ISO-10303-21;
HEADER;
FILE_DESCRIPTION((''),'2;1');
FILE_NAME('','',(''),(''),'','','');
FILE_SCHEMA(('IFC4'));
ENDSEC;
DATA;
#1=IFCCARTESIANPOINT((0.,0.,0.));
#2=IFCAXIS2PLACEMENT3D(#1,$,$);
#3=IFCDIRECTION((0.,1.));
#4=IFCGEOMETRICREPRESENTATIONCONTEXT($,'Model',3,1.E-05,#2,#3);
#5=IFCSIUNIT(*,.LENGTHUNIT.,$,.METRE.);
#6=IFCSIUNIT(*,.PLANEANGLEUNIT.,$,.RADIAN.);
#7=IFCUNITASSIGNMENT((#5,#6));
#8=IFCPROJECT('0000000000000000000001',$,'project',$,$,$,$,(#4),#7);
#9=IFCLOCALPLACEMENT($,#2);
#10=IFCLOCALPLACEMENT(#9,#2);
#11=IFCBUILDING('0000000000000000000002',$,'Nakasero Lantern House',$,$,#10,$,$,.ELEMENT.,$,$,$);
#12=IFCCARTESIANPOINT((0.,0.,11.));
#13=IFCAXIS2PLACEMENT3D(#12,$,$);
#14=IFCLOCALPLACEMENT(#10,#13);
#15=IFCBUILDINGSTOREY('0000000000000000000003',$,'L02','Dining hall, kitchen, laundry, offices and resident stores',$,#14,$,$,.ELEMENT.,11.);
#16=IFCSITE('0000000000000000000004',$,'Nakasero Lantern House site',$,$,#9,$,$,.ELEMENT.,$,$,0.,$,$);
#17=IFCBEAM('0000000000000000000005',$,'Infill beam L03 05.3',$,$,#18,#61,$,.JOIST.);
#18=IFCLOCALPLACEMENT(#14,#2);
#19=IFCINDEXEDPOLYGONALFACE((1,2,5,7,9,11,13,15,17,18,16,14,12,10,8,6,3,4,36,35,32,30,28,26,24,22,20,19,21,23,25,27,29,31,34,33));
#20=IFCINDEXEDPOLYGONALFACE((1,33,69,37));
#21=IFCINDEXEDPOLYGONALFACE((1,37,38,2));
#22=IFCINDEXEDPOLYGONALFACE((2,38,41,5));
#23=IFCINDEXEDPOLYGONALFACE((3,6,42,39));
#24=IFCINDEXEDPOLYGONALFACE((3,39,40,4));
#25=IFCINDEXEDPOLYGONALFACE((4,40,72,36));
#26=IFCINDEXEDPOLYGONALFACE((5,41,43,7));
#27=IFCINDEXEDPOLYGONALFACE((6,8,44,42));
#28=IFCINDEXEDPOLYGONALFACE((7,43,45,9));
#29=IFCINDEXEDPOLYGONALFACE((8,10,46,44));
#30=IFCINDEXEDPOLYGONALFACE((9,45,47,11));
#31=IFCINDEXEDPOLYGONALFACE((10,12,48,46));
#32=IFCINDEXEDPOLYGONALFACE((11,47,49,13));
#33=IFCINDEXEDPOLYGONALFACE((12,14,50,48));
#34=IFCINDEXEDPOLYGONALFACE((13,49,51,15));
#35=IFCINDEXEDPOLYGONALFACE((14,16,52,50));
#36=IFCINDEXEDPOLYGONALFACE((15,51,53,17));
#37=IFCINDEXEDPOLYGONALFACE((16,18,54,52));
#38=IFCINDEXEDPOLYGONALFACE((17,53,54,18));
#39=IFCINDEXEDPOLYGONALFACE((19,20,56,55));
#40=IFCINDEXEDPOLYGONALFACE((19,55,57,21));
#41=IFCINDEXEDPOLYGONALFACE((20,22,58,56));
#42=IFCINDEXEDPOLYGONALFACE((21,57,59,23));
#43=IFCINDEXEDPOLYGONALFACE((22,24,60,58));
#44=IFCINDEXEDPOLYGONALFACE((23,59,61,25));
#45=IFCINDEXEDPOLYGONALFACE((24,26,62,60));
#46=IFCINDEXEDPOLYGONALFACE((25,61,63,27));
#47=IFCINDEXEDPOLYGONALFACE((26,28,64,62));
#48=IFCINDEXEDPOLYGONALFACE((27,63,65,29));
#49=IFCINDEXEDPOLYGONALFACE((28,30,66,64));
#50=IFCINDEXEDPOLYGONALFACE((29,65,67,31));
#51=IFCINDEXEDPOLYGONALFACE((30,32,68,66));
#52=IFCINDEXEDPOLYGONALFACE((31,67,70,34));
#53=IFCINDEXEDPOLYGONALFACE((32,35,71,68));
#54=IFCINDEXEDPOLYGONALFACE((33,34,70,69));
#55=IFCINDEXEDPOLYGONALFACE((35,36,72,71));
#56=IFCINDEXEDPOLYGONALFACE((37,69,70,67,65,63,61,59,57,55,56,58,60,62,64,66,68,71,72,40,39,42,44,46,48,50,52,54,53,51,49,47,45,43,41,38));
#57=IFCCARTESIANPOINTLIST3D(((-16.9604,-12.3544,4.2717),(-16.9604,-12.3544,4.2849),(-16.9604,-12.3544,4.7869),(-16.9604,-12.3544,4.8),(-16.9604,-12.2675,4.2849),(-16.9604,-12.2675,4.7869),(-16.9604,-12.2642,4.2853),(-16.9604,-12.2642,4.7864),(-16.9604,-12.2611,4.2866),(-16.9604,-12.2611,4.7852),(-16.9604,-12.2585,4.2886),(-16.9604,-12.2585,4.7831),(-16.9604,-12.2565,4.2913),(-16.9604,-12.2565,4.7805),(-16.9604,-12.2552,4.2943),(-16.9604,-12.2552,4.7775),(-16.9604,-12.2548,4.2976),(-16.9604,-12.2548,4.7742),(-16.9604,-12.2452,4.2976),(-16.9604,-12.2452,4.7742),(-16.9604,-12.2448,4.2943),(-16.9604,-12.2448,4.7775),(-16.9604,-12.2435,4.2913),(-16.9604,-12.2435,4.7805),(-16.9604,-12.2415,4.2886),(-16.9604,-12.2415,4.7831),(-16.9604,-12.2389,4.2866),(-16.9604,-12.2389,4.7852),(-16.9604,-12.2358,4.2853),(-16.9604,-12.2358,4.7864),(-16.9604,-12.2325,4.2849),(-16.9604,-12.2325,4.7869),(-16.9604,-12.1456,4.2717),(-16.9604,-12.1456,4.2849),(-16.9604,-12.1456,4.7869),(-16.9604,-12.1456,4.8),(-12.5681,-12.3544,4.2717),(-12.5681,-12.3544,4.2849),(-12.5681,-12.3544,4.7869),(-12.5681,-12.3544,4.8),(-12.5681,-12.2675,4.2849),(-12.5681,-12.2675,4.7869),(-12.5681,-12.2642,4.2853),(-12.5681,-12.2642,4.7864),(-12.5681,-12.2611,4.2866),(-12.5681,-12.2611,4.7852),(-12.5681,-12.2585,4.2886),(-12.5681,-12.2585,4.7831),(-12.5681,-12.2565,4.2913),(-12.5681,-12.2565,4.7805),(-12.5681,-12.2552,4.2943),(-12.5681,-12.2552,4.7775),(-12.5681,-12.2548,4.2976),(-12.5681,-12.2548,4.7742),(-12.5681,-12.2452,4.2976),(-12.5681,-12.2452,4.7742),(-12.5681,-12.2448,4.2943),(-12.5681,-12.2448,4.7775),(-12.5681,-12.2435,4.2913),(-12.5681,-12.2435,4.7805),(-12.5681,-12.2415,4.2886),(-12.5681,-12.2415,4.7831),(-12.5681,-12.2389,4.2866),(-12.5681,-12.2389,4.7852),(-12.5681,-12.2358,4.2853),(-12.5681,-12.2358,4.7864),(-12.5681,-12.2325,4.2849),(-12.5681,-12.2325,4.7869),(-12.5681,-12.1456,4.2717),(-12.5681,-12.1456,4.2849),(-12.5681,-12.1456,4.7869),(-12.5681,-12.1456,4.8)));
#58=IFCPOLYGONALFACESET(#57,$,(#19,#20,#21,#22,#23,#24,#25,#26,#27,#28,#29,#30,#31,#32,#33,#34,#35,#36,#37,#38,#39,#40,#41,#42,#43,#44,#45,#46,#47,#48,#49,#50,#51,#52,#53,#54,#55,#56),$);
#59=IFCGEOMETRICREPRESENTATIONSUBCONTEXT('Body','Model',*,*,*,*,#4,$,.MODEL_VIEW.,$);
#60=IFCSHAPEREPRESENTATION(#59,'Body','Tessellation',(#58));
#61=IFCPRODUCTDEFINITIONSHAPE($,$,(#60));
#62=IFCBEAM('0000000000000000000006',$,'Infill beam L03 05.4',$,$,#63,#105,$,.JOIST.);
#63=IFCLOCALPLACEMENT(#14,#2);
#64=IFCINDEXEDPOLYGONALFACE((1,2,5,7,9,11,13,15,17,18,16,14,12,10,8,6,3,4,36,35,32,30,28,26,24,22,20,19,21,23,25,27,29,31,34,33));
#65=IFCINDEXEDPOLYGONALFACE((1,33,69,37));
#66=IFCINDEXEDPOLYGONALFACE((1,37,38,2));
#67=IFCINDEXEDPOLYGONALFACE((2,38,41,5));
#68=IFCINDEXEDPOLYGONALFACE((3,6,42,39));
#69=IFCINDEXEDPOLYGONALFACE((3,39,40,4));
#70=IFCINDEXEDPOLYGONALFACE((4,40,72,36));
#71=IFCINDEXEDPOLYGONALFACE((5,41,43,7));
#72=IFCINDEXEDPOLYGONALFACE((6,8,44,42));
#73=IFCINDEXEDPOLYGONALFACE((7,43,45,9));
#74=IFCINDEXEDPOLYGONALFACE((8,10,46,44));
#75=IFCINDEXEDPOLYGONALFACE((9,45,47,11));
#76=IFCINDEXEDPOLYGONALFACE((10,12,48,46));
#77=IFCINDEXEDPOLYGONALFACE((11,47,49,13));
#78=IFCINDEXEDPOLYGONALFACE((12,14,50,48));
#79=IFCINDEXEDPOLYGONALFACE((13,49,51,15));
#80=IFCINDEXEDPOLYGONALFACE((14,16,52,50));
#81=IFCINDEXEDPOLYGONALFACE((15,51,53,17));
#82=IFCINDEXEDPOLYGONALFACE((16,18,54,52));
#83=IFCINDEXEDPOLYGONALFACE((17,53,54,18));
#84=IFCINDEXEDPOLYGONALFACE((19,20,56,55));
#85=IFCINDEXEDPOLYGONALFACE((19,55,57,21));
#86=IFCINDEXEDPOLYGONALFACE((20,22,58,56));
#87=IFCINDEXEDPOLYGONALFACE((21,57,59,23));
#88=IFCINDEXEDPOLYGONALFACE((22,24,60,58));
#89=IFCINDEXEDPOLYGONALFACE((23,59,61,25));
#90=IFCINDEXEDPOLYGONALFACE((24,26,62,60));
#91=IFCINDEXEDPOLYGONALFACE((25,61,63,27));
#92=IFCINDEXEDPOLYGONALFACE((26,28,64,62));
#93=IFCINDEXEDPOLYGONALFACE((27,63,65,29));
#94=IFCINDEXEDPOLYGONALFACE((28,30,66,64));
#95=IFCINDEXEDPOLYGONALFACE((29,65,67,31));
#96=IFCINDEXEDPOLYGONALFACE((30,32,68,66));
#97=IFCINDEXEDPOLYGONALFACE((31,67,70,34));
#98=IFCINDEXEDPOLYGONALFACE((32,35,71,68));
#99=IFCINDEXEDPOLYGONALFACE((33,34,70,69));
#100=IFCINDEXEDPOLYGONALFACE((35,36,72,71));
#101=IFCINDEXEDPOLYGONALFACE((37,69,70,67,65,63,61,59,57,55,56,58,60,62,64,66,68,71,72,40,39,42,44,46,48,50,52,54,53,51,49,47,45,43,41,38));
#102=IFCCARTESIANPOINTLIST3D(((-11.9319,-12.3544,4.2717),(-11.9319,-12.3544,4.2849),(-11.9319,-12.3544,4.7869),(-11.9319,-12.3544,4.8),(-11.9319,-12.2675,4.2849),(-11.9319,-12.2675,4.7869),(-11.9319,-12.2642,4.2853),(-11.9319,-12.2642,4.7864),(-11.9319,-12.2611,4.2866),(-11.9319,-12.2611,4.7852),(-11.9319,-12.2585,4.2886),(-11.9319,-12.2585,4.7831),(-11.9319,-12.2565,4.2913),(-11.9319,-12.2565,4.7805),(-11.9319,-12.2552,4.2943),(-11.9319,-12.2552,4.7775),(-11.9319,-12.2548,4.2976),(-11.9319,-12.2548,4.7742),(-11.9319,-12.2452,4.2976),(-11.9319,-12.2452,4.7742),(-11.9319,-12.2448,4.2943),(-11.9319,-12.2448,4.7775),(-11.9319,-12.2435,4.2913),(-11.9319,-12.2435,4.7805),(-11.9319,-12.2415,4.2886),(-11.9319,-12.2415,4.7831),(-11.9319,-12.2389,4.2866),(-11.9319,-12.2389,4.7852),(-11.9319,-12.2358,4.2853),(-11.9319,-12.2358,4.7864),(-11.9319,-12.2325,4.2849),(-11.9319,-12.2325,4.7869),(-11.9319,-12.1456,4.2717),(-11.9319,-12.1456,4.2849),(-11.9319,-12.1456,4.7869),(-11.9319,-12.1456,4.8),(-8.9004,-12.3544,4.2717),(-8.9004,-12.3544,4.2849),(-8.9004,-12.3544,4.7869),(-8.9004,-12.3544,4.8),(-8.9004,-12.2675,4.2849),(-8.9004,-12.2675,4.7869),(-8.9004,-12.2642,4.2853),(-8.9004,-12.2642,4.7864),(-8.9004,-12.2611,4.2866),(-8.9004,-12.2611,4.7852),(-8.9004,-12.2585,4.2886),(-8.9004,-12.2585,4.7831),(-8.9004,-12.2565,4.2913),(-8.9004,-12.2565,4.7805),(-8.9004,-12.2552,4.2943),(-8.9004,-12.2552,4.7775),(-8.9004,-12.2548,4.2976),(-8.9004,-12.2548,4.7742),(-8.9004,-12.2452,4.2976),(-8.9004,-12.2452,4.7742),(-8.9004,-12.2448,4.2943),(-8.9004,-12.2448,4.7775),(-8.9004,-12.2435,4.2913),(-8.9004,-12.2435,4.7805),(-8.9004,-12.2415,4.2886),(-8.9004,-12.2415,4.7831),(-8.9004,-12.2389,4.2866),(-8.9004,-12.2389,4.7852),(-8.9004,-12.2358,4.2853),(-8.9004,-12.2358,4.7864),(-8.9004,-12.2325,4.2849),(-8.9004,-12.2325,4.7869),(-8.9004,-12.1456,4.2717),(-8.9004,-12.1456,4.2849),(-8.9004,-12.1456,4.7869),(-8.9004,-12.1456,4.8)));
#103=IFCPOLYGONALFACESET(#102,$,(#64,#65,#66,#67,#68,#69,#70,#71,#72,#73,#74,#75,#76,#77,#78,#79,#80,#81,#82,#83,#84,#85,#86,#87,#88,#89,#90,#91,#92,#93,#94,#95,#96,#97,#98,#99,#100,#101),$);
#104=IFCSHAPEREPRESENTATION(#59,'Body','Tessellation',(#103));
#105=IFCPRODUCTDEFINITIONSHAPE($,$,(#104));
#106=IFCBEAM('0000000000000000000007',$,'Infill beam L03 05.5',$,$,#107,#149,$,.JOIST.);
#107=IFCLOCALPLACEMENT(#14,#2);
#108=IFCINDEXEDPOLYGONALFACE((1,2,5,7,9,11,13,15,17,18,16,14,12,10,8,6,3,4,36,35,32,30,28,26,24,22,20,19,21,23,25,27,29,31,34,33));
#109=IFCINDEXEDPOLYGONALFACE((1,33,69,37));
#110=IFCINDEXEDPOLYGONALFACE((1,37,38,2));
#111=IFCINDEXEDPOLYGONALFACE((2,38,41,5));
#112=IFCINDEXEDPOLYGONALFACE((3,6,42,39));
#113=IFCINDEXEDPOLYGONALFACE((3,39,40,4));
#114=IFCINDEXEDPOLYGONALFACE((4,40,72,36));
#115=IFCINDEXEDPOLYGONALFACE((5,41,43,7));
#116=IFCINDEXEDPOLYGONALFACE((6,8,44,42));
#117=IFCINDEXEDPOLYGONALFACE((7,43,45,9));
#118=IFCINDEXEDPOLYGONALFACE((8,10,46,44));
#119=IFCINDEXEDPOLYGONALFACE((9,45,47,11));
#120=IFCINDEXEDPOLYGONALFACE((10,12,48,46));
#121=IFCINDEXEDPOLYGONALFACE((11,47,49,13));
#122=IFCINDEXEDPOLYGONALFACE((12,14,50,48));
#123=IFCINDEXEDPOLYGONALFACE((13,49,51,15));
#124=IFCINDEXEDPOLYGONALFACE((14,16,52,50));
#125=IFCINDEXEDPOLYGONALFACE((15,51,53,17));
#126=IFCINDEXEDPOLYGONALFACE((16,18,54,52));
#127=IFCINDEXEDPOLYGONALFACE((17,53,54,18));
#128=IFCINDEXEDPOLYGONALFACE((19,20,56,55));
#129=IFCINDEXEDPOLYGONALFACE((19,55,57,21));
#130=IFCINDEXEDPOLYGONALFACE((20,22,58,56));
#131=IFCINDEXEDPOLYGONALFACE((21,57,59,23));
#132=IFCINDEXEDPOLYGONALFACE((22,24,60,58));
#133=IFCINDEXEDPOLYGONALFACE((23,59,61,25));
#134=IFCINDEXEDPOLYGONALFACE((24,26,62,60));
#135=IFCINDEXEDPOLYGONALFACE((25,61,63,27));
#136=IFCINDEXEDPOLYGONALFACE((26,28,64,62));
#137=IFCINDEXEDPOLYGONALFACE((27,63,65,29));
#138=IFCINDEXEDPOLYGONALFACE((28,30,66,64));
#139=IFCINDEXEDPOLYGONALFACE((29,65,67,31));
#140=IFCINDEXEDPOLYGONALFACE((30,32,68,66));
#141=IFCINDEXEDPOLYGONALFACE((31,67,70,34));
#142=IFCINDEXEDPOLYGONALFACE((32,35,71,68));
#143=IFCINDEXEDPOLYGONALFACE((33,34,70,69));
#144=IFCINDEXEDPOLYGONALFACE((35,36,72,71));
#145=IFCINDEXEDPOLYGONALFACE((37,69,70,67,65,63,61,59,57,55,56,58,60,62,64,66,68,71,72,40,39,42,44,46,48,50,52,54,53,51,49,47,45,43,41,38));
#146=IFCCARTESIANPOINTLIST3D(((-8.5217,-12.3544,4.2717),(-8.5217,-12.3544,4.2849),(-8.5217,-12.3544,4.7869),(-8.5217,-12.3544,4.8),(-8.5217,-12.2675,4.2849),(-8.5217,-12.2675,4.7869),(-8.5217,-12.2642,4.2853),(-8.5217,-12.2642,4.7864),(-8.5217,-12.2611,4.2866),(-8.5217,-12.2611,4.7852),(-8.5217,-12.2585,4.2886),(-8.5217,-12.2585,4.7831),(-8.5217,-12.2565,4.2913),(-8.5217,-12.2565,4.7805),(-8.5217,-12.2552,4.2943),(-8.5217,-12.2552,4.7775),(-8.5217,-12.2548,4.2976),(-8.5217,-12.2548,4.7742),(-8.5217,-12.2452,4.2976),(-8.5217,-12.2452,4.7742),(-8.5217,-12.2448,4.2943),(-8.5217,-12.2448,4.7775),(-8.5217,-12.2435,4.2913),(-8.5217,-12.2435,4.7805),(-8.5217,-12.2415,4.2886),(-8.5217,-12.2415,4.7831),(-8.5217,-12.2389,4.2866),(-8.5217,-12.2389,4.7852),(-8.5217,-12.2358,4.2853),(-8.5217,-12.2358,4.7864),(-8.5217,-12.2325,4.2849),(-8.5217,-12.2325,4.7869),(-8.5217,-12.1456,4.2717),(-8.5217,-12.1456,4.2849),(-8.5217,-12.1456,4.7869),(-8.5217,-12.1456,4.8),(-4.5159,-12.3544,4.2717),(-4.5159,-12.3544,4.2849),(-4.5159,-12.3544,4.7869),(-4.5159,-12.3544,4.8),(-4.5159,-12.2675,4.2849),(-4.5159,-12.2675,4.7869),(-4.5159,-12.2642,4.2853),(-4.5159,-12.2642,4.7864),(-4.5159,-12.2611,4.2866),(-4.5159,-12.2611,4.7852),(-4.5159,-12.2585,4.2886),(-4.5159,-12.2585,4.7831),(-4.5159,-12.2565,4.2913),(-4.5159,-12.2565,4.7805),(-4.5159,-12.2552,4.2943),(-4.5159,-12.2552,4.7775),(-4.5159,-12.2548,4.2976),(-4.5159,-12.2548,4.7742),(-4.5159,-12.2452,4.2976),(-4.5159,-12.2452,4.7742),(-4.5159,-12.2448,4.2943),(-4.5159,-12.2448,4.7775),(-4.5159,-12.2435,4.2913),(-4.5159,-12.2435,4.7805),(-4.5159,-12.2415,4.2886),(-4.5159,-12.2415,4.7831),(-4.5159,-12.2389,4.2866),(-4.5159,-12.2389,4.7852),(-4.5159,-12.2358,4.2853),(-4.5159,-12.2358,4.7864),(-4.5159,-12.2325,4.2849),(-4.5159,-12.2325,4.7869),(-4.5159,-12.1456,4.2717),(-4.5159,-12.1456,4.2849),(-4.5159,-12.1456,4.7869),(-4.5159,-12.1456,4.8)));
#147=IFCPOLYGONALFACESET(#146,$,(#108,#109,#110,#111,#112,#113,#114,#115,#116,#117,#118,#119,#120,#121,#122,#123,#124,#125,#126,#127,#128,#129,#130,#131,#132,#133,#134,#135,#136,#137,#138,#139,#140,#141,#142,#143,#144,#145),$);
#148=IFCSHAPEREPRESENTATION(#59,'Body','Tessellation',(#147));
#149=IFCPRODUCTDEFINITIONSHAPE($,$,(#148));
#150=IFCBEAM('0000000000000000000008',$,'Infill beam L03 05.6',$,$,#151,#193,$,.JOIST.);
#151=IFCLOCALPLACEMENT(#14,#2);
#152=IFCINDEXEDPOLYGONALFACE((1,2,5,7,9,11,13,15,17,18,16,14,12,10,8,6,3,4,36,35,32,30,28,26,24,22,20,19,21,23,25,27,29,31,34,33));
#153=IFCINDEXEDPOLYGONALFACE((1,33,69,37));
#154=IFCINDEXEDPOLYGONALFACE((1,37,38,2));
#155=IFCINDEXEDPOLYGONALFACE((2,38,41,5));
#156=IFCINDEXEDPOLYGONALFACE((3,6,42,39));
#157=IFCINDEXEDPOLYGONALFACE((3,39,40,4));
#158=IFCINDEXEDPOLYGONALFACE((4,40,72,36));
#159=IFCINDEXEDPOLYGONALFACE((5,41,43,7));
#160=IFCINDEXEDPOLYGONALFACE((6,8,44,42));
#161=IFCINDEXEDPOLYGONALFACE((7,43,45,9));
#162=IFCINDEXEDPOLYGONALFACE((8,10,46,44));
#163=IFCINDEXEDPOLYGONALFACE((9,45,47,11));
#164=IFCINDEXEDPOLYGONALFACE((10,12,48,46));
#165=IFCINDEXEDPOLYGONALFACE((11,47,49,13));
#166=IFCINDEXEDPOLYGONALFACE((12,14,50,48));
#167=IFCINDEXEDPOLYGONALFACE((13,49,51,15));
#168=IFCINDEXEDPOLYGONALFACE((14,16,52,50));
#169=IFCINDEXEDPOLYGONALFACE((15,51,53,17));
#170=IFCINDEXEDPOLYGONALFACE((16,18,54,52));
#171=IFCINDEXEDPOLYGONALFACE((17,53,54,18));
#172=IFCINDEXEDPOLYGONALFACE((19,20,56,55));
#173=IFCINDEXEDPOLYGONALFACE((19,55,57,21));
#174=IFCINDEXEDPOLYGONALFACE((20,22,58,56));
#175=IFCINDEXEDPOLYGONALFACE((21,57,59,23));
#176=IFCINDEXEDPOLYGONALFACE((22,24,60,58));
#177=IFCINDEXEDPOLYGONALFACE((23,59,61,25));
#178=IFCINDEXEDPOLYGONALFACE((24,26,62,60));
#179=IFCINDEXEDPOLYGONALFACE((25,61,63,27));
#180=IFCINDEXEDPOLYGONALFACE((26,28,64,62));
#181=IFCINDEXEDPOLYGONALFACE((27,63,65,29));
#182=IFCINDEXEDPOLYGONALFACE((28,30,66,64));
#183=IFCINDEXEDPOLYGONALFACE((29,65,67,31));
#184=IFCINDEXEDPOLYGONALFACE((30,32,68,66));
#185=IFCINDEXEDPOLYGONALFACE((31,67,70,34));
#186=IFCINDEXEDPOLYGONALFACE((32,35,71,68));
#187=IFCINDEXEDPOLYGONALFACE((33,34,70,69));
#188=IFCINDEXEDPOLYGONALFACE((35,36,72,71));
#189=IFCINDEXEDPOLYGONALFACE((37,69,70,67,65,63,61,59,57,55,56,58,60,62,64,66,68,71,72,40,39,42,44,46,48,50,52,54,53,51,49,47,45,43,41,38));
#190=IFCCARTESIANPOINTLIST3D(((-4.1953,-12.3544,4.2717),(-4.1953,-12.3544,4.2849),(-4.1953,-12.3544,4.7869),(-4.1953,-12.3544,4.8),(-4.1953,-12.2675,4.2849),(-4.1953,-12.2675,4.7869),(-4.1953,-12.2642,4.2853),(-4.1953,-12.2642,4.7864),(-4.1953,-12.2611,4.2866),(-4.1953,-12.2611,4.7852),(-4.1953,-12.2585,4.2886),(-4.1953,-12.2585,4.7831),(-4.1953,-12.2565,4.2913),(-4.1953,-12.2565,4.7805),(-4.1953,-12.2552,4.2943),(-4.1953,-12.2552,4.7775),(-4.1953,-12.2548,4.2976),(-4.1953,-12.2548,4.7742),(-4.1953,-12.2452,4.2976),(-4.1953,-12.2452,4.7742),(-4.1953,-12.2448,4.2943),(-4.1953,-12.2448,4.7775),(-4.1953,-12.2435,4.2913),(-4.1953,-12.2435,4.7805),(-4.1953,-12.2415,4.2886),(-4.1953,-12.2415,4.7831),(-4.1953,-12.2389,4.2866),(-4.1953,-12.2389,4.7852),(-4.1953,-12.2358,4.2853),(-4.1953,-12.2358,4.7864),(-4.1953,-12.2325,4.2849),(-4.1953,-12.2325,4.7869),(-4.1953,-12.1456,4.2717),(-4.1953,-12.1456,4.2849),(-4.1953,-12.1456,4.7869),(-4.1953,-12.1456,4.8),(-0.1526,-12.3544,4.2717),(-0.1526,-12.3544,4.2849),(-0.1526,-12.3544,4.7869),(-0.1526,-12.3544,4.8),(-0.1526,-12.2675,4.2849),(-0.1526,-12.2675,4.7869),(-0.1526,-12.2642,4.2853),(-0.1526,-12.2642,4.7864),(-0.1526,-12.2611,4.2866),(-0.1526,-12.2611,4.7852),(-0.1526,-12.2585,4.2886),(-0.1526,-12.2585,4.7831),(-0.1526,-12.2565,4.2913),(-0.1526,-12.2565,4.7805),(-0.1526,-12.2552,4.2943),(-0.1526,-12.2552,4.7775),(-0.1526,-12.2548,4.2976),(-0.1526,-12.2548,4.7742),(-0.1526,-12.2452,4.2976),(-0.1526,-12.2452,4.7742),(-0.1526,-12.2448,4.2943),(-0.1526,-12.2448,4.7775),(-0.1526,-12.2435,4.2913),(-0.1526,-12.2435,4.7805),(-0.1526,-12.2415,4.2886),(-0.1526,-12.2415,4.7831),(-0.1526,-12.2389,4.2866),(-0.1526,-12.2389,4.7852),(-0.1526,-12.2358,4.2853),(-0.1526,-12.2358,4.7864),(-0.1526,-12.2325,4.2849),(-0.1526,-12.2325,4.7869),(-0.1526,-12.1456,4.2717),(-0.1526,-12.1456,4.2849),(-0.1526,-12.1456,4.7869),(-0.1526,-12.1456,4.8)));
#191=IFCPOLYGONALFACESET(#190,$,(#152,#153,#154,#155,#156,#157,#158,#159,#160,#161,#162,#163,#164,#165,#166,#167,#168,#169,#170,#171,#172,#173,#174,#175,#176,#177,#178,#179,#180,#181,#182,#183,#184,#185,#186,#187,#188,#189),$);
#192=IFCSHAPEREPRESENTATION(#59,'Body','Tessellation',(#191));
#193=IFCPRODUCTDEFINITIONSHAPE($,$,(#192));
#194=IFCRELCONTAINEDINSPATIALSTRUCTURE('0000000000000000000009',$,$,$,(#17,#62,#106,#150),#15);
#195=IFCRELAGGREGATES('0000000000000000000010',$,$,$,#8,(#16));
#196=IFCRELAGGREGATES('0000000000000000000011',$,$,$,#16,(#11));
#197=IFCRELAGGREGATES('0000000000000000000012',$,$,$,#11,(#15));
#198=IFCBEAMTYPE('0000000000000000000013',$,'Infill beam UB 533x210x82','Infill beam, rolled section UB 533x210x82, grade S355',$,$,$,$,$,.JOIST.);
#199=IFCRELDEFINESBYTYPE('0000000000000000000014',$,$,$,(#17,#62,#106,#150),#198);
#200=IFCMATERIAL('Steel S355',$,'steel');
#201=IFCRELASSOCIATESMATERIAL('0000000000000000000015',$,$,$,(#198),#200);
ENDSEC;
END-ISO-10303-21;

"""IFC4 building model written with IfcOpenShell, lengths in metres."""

from ifc_helpers import new_model, si_unit, direction, frame, origin, origin_2d, place, context, subcontext, project, spatial, i_section, extrude, material, material_profile, profile_set, type_object, element, save


model = new_model("IFC4")

# Units and contexts
model_context = context("Model", 3, precision=1e-05, world=origin(), true_north=direction((0.0, 1.0)))
body_context = subcontext(model_context, "Body", "Model", "MODEL_VIEW")
ifc_project = project(units=[si_unit("LENGTHUNIT", "METRE"), si_unit("PLANEANGLEUNIT", "RADIAN")], contexts=[model_context])

# Site, building, storey
site_placement = place(None, origin())
site = spatial("IfcSite", under=ifc_project, at=site_placement, Name="Nakasero Lantern House site", CompositionType="ELEMENT", RefElevation=0.0)
building_placement = place(site_placement, origin())
building = spatial("IfcBuilding", under=site, at=building_placement, Name="Nakasero Lantern House", CompositionType="ELEMENT")
storey_placement = place(building_placement, frame((0.0, 0.0, 11.0)))
storey = spatial("IfcBuildingStorey", under=building, at=storey_placement, Name="L02", Description="Dining hall, kitchen, laundry, offices and resident stores", CompositionType="ELEMENT", Elevation=11.0)

# Beams
ifc_material_1 = material(Name="Steel S355", Category="steel")
ifc_material_profile_1 = material_profile(ifc_material_1, i_section(OverallWidth=0.2087, OverallDepth=0.5283, WebThickness=0.0095, FlangeThickness=0.0132, FilletRadius=0.0127, at=origin_2d()), Name="UB 533x210x82")
ifc_profile_set_1 = profile_set([ifc_material_profile_1], Name="Steel S355")
beam_type_1 = type_object("IfcBeamType", Name="Infill beam UB 533x210x82", Description="Infill beam, rolled section UB 533x210x82, grade S355", PredefinedType="JOIST", material=ifc_profile_set_1)
beam_1_placement = place(storey_placement, frame((-16.9604, -12.25, 4.5359), z_axis=(1.0, 0.0, 0.0), x_axis=(0.0, 1.0, 0.0)))
element("IfcBeam", 1, at=beam_1_placement, inside=storey, type_object=beam_type_1, Name="Infill beam L03 05.3", PredefinedType="JOIST", context=body_context, shape_type="SweptSolid", body=[
    extrude(i_section(OverallWidth=0.2087, OverallDepth=0.5283, WebThickness=0.0095, FlangeThickness=0.0132, FilletRadius=0.0127, at=origin_2d()), origin(), (0.0, 0.0, 1.0), 4.3923),
])
beam_2_placement = place(storey_placement, frame((-11.9319, -12.25, 4.5359), z_axis=(1.0, 0.0, 0.0), x_axis=(0.0, 1.0, 0.0)))
element("IfcBeam", 2, at=beam_2_placement, inside=storey, type_object=beam_type_1, Name="Infill beam L03 05.4", PredefinedType="JOIST", context=body_context, shape_type="SweptSolid", body=[
    extrude(i_section(OverallWidth=0.2087, OverallDepth=0.5283, WebThickness=0.0095, FlangeThickness=0.0132, FilletRadius=0.0127, at=origin_2d()), origin(), (0.0, 0.0, 1.0), 3.0315),
])
beam_3_placement = place(storey_placement, frame((-8.5217, -12.25, 4.5359), z_axis=(1.0, 0.0, 0.0), x_axis=(0.0, 1.0, 0.0)))
element("IfcBeam", 3, at=beam_3_placement, inside=storey, type_object=beam_type_1, Name="Infill beam L03 05.5", PredefinedType="JOIST", context=body_context, shape_type="SweptSolid", body=[
    extrude(i_section(OverallWidth=0.2087, OverallDepth=0.5283, WebThickness=0.0095, FlangeThickness=0.0132, FilletRadius=0.0127, at=origin_2d()), origin(), (0.0, 0.0, 1.0), 4.0059),
])
beam_4_placement = place(storey_placement, frame((-4.1953, -12.25, 4.5359), z_axis=(1.0, 0.0, 0.0), x_axis=(0.0, 1.0, 0.0)))
element("IfcBeam", 4, at=beam_4_placement, inside=storey, type_object=beam_type_1, Name="Infill beam L03 05.6", PredefinedType="JOIST", context=body_context, shape_type="SweptSolid", body=[
    extrude(i_section(OverallWidth=0.2087, OverallDepth=0.5283, WebThickness=0.0095, FlangeThickness=0.0132, FilletRadius=0.0127, at=origin_2d()), origin(), (0.0, 0.0, 1.0), 4.0427),
])

save(model, "model.ifc")
